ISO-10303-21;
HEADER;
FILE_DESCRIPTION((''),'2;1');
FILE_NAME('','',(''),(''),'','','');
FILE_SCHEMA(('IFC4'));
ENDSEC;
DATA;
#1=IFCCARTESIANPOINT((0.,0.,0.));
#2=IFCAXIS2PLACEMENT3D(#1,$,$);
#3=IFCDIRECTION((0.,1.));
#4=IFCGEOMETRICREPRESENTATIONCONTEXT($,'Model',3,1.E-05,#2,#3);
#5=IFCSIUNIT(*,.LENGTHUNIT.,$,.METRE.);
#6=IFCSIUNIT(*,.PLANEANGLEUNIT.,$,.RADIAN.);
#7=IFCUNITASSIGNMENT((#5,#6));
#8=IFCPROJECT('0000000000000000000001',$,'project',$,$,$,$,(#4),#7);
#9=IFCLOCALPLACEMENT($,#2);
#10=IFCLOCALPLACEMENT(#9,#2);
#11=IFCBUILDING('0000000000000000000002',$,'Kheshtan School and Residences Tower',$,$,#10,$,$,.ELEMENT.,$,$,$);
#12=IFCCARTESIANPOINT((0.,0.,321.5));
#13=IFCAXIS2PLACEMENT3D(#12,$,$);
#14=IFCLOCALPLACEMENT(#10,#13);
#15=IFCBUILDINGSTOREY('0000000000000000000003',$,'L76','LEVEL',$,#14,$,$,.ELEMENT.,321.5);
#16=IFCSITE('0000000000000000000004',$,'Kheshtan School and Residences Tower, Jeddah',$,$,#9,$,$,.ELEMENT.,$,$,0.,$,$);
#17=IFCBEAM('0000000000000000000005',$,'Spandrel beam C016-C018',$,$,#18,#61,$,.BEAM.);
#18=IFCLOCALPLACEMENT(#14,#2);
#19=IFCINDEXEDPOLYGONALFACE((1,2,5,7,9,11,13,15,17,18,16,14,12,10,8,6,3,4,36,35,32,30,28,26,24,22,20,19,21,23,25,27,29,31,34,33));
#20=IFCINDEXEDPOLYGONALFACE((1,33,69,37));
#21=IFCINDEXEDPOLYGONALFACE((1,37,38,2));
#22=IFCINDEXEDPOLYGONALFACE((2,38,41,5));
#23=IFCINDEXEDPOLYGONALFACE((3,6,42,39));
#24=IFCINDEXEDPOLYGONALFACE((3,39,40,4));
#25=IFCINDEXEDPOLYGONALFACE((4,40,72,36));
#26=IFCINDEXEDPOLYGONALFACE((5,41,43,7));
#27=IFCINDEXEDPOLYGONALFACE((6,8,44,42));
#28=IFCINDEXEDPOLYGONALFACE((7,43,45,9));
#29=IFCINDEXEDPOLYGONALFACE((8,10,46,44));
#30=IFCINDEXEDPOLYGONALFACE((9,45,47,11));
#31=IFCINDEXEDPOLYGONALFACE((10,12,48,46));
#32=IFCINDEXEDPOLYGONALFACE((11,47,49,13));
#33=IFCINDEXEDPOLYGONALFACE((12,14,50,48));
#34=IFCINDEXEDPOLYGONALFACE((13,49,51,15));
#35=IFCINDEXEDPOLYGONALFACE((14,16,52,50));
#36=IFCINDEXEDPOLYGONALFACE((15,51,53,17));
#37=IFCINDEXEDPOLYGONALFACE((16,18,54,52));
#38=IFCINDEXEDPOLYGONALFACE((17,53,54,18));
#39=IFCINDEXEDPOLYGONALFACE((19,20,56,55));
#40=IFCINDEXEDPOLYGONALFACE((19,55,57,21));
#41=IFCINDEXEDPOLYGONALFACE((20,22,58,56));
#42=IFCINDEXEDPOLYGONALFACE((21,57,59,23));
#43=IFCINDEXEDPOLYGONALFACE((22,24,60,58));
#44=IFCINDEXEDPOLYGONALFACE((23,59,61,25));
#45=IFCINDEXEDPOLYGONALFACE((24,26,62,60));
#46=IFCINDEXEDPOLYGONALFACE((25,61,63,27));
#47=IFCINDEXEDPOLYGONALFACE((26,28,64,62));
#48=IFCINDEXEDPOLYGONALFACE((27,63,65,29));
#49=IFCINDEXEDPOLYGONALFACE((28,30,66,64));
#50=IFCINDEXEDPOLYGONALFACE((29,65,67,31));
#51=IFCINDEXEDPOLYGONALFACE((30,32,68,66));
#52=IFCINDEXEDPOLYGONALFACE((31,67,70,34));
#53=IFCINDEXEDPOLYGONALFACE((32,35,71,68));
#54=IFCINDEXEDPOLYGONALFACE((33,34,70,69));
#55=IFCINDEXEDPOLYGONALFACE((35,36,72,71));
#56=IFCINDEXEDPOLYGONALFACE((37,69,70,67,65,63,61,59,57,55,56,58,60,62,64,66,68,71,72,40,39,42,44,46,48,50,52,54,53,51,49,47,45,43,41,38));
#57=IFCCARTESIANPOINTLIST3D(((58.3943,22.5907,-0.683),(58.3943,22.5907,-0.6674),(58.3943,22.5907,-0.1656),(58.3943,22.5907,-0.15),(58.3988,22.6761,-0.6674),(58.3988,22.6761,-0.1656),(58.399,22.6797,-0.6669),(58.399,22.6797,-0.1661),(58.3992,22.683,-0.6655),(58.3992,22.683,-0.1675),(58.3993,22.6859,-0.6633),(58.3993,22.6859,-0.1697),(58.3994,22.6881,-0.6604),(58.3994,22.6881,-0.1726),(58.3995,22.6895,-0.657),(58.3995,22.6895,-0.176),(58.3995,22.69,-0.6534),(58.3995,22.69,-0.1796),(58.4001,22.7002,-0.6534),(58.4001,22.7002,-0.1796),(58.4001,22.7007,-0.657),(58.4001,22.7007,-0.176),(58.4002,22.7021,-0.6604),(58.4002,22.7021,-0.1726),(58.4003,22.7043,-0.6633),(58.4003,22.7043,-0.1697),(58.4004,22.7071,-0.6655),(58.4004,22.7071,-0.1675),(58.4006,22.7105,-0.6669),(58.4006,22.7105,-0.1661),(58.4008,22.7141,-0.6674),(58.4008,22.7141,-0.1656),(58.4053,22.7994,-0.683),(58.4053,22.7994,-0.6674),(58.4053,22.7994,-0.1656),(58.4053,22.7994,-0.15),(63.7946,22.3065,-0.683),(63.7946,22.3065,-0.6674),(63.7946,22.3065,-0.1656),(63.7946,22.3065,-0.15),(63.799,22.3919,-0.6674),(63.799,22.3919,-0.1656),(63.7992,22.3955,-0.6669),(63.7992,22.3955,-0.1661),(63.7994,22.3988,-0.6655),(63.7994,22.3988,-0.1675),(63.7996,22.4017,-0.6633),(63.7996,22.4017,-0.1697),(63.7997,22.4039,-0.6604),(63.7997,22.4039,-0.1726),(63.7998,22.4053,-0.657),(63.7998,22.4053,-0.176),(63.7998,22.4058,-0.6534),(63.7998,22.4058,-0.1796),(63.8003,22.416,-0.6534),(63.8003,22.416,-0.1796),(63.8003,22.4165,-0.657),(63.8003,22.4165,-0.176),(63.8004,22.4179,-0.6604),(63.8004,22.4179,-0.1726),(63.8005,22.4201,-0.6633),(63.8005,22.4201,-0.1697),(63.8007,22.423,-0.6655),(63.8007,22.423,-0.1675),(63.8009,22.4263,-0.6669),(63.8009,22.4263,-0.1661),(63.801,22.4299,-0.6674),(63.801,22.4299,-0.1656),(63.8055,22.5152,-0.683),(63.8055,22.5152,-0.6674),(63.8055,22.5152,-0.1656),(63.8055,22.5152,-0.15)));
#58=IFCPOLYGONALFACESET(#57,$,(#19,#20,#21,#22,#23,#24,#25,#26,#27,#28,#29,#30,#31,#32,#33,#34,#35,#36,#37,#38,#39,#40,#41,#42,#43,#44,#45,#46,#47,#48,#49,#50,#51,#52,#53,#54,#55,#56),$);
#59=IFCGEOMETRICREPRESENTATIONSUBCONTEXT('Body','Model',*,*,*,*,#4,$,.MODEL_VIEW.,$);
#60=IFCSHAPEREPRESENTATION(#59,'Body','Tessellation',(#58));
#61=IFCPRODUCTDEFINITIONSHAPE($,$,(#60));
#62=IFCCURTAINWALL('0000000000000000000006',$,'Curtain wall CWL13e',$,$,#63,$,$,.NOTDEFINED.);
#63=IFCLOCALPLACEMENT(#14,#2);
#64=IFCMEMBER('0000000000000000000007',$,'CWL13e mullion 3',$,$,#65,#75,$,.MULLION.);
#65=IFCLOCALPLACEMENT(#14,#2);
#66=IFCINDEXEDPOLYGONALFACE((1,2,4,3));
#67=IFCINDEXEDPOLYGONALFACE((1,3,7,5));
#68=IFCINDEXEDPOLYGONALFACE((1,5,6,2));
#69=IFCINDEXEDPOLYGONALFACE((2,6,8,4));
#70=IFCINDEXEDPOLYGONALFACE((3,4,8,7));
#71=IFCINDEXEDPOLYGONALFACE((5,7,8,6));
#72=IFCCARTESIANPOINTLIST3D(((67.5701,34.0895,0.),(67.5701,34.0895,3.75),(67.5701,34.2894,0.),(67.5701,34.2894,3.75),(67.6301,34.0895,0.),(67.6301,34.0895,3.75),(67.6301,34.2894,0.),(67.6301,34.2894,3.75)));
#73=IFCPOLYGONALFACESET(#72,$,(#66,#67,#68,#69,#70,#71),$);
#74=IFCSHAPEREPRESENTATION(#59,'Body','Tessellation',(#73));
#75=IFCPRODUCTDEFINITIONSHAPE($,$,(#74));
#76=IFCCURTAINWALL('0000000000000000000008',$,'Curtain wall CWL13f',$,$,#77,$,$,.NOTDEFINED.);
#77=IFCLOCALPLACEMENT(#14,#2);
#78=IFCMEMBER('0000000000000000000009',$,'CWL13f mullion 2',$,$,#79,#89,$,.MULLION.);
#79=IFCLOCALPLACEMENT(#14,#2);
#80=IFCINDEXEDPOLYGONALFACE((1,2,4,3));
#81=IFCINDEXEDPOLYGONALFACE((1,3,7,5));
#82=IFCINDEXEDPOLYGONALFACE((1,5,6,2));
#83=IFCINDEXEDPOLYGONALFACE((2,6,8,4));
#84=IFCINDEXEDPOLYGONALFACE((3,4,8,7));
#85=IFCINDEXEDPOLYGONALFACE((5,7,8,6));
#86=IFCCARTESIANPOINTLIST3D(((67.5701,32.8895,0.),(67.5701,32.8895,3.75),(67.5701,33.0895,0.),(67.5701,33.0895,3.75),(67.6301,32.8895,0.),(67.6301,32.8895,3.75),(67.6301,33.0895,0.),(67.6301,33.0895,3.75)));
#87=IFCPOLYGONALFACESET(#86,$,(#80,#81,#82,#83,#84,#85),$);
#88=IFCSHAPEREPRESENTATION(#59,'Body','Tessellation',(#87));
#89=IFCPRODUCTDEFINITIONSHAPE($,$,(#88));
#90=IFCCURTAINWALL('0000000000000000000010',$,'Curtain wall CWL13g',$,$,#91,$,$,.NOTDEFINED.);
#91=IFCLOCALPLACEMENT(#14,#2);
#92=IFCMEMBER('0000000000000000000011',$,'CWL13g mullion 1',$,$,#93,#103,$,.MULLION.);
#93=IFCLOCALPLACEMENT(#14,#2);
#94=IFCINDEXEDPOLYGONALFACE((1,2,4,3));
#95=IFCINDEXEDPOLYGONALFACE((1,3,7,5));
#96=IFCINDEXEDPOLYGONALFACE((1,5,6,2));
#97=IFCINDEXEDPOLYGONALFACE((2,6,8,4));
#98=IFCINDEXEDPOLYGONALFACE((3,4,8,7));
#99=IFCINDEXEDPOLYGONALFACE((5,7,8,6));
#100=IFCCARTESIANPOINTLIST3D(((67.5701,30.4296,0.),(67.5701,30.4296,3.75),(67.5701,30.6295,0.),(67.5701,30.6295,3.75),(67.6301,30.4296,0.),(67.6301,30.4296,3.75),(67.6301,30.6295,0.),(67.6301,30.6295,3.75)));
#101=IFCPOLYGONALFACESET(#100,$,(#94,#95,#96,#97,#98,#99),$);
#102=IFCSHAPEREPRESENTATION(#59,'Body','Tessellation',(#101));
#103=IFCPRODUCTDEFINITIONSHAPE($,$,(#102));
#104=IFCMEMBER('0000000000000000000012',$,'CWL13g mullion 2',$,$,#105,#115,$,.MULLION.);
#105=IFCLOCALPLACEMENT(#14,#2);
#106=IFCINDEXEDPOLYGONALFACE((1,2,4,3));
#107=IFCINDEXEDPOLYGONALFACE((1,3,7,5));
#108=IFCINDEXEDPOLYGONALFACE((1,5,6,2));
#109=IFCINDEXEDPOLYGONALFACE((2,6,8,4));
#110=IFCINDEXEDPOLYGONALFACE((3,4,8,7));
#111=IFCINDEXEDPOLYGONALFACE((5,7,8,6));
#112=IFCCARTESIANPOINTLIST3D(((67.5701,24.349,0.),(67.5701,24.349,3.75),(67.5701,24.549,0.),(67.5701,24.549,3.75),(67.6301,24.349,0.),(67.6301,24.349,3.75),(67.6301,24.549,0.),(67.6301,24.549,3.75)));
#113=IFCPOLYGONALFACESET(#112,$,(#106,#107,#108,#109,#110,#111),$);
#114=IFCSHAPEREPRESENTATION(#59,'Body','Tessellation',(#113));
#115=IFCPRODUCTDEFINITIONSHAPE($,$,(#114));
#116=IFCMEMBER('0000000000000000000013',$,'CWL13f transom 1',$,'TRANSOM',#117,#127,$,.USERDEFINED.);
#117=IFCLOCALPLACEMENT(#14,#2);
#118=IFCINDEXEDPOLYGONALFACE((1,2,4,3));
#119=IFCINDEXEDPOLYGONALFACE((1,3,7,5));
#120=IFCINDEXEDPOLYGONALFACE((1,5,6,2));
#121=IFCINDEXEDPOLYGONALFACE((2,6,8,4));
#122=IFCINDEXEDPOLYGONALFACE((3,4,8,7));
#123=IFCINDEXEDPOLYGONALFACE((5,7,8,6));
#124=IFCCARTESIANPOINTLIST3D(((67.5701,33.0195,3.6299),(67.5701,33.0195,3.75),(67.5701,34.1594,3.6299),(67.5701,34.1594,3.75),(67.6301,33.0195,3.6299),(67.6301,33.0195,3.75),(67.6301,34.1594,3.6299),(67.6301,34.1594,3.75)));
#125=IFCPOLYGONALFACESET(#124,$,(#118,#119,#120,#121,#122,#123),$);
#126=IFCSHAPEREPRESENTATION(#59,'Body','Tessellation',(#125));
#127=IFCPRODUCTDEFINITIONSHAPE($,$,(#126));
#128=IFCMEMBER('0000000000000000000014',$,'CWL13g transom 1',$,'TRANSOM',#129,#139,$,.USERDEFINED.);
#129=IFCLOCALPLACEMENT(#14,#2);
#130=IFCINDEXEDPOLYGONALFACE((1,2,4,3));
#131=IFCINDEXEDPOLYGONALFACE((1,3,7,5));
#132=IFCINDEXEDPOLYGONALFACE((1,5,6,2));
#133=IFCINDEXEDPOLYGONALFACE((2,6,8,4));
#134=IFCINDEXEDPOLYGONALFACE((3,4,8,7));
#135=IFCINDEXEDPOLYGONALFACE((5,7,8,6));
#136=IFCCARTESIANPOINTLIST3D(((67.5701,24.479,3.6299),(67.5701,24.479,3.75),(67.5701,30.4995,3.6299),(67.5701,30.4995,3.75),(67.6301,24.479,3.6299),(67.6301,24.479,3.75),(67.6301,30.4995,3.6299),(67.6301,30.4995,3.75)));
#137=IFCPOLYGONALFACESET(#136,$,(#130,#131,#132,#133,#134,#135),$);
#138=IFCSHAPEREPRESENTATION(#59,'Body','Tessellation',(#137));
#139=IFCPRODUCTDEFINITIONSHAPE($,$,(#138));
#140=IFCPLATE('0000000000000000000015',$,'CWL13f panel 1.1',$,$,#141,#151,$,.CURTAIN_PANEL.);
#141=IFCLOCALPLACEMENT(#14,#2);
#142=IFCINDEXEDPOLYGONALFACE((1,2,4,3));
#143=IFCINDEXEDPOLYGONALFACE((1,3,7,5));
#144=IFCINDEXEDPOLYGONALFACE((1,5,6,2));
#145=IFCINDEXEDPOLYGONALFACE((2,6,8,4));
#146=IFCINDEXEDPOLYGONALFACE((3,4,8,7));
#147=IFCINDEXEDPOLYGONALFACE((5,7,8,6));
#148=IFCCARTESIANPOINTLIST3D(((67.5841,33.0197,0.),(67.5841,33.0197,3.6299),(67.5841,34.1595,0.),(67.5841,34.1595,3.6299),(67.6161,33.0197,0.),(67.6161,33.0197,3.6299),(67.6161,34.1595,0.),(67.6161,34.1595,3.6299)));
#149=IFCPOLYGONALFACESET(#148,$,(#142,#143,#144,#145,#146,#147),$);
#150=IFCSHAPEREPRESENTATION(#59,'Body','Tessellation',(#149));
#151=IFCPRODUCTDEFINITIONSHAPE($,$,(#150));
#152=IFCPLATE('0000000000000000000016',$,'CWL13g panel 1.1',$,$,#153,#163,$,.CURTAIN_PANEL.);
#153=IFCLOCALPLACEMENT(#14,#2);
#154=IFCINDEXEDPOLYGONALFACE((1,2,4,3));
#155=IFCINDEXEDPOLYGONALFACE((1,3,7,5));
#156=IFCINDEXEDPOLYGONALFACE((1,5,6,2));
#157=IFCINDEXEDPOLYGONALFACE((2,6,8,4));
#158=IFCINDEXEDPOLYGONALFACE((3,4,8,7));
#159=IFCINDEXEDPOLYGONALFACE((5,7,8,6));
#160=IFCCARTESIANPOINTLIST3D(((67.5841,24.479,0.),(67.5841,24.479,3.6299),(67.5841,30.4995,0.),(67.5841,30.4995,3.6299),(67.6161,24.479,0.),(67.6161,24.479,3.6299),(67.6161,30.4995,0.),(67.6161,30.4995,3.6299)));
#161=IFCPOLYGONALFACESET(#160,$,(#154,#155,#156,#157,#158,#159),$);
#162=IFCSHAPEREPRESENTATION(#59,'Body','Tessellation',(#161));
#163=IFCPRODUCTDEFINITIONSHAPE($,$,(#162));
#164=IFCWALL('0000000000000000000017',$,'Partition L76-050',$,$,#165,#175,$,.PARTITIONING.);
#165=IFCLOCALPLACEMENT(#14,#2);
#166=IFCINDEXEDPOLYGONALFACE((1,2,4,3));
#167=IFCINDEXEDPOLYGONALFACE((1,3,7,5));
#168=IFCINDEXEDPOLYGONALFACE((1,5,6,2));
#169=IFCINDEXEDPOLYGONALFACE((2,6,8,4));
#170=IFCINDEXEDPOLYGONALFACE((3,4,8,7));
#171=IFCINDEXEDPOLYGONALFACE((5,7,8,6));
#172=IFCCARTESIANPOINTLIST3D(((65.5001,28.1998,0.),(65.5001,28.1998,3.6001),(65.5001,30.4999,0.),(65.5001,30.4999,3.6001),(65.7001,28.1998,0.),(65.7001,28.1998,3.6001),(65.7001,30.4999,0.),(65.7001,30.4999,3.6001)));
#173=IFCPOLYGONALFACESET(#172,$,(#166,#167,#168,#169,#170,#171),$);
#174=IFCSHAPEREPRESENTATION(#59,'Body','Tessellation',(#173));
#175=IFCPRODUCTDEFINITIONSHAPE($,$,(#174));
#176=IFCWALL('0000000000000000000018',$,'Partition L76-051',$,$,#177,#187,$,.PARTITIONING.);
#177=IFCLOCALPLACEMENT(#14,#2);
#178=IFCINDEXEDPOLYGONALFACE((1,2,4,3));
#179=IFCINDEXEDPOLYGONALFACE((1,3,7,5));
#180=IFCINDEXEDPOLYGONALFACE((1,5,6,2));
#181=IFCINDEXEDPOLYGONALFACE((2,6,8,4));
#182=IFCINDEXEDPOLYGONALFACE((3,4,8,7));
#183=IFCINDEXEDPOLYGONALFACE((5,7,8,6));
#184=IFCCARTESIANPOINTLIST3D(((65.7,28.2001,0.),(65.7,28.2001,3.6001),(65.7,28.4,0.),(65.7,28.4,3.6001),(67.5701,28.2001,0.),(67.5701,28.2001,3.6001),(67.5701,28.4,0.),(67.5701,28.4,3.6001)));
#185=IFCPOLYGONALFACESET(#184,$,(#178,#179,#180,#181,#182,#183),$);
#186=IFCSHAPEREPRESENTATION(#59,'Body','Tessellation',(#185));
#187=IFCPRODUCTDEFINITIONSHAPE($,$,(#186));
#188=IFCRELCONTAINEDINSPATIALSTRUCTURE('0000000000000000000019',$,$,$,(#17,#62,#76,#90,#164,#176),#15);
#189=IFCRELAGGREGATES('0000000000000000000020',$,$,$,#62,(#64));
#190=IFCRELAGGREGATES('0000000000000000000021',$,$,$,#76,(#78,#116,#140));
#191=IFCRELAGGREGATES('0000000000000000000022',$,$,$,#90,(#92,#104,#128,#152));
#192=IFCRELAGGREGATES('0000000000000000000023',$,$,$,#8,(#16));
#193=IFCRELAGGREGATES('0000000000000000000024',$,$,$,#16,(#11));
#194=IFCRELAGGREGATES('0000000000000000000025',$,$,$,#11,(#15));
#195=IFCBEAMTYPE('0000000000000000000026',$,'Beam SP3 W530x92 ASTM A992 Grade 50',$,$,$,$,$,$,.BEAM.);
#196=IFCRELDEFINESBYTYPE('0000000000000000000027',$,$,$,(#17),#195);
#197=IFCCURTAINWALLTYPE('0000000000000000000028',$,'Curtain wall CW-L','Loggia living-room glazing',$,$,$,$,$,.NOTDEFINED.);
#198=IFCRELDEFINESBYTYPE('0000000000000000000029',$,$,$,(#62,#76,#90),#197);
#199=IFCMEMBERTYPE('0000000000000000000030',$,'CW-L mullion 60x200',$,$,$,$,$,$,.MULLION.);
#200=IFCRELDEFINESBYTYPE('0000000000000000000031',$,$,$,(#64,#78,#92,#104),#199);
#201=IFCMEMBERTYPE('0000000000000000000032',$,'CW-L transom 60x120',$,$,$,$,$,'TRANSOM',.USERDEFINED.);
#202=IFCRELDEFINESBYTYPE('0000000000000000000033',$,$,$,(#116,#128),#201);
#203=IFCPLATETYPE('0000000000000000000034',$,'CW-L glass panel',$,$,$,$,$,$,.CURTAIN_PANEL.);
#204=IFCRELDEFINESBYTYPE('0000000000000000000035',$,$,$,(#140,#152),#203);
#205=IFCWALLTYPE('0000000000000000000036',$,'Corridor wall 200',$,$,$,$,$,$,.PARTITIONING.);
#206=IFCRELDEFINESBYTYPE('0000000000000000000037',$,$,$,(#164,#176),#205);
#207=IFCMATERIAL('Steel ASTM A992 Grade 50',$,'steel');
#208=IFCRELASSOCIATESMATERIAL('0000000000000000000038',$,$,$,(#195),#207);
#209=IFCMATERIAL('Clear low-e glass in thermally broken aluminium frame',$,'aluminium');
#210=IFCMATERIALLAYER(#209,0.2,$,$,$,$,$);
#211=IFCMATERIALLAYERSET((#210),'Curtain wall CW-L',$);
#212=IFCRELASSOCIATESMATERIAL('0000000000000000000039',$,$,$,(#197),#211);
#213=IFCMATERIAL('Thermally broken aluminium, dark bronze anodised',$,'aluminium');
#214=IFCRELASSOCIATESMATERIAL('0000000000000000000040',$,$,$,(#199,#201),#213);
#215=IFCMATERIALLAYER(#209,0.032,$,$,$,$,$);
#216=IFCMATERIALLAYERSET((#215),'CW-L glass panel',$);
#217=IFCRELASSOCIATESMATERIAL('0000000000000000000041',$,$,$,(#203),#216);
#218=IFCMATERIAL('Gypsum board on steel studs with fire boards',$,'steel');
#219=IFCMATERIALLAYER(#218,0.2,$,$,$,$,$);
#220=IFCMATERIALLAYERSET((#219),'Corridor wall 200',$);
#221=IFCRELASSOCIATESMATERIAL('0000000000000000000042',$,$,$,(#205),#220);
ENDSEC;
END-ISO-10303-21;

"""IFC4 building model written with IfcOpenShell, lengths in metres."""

from ifc_helpers import new_model, si_unit, direction, frame, frame_2d, origin, origin_2d, place, context, subcontext, project, spatial, rectangle, i_section, extrude, material, layer, layer_set, material_profile, profile_set, type_object, element, aggregate, save


model = new_model("IFC4")

# Units and contexts
model_context = context("Model", 3, precision=1e-05, world=origin(), true_north=direction((0.0, 1.0)))
body_context = subcontext(model_context, "Body", "Model", "MODEL_VIEW")
ifc_project = project(units=[si_unit("LENGTHUNIT", "METRE"), si_unit("PLANEANGLEUNIT", "RADIAN")], contexts=[model_context])

# Site, building, storey
site_placement = place(None, origin())
site = spatial("IfcSite", under=ifc_project, at=site_placement, Name="Kheshtan School and Residences Tower, Jeddah", CompositionType="ELEMENT", RefElevation=0.0)
building_placement = place(site_placement, origin())
building = spatial("IfcBuilding", under=site, at=building_placement, Name="Kheshtan School and Residences Tower", CompositionType="ELEMENT")
storey_placement = place(building_placement, frame((0.0, 0.0, 321.5)))
storey = spatial("IfcBuildingStorey", under=building, at=storey_placement, Name="L76", Description="LEVEL", CompositionType="ELEMENT", Elevation=321.5)

# Beam
ifc_material_1 = material(Name="Steel ASTM A992 Grade 50", Category="steel")
ifc_material_profile_1 = material_profile(ifc_material_1, i_section(OverallWidth=0.209, OverallDepth=0.533, WebThickness=0.0103, FlangeThickness=0.0156, FilletRadius=0.0139, at=origin_2d()), Name="W530x92")
ifc_profile_set_1 = profile_set([ifc_material_profile_1], Name="Steel ASTM A992 Grade 50")
beam_type = type_object("IfcBeamType", Name="Beam SP3 W530x92 ASTM A992 Grade 50", PredefinedType="BEAM", material=ifc_profile_set_1)
beam_placement = place(storey_placement, frame((63.8, 22.4109, -0.4165), z_axis=(-0.998618, 0.052552, 0.0), x_axis=(-0.052552, -0.998618, 0.0)))
element("IfcBeam", 1, at=beam_placement, inside=storey, type_object=beam_type, Name="Spandrel beam C016-C018", PredefinedType="BEAM", context=body_context, shape_type="SweptSolid", body=[
    extrude(i_section(OverallWidth=0.209, OverallDepth=0.533, WebThickness=0.0103, FlangeThickness=0.0156, FilletRadius=0.0139, at=origin_2d()), origin(), (0.0, 0.0, 1.0), 5.4077),
])

# Curtain walls, members
ifc_material_2 = material(Name="Clear low-e glass in thermally broken aluminium frame", Category="aluminium")
ifc_layer_1 = layer(ifc_material_2, 0.2)
ifc_layer_set_1 = layer_set([ifc_layer_1], Name="Curtain wall CW-L")
curtain_wall_type = type_object("IfcCurtainWallType", Name="Curtain wall CW-L", Description="Loggia living-room glazing", PredefinedType="NOTDEFINED", material=ifc_layer_set_1)
curtain_wall_1_placement = place(storey_placement, origin())
curtain_wall_1 = element("IfcCurtainWall", 2, at=curtain_wall_1_placement, inside=storey, type_object=curtain_wall_type, Name="Curtain wall CWL13e", PredefinedType="NOTDEFINED")
ifc_material_3 = material(Name="Thermally broken aluminium, dark bronze anodised", Category="aluminium")
ifc_material_profile_2 = material_profile(ifc_material_3, rectangle(XDim=0.0601, YDim=0.2, at=origin_2d()), Name="CW-L mullion 60x200")
ifc_profile_set_2 = profile_set([ifc_material_profile_2], Name="Thermally broken aluminium, dark bronze anodised")
member_type_1 = type_object("IfcMemberType", Name="CW-L mullion 60x200", PredefinedType="MULLION", material=ifc_profile_set_2)
member_1_placement = place(storey_placement, frame((67.6001, 34.1895, 0.0), z_axis=(0.0, 0.0, 1.0), x_axis=(1.0, 0.0, 0.0)))
member_1 = element("IfcMember", 3, at=member_1_placement, type_object=member_type_1, Name="CWL13e mullion 3", PredefinedType="MULLION", context=body_context, shape_type="SweptSolid", body=[
    extrude(rectangle(XDim=0.0601, YDim=0.2, at=origin_2d()), origin(), (0.0, 0.0, 1.0), 3.75),
])
aggregate(curtain_wall_1, [member_1])
curtain_wall_2_placement = place(storey_placement, origin())
curtain_wall_2 = element("IfcCurtainWall", 4, at=curtain_wall_2_placement, inside=storey, type_object=curtain_wall_type, Name="Curtain wall CWL13f", PredefinedType="NOTDEFINED")
member_2_placement = place(storey_placement, frame((67.6001, 32.9895, 0.0), z_axis=(0.0, 0.0, 1.0), x_axis=(1.0, 0.0, 0.0)))
member_2 = element("IfcMember", 5, at=member_2_placement, type_object=member_type_1, Name="CWL13f mullion 2", PredefinedType="MULLION", context=body_context, shape_type="SweptSolid", body=[
    extrude(rectangle(XDim=0.0601, YDim=0.2, at=origin_2d()), origin(), (0.0, 0.0, 1.0), 3.75),
])

# Curtain wall, members
curtain_wall_3_placement = place(storey_placement, origin())
curtain_wall_3 = element("IfcCurtainWall", 6, at=curtain_wall_3_placement, inside=storey, type_object=curtain_wall_type, Name="Curtain wall CWL13g", PredefinedType="NOTDEFINED")
member_3_placement = place(storey_placement, frame((67.6001, 30.5295, 0.0), z_axis=(0.0, 0.0, 1.0), x_axis=(1.0, 0.0, 0.0)))
member_3 = element("IfcMember", 7, at=member_3_placement, type_object=member_type_1, Name="CWL13g mullion 1", PredefinedType="MULLION", context=body_context, shape_type="SweptSolid", body=[
    extrude(rectangle(XDim=0.0601, YDim=0.2, at=origin_2d()), origin(), (0.0, 0.0, 1.0), 3.75),
])
member_4_placement = place(storey_placement, frame((67.6001, 24.449, 0.0), z_axis=(0.0, 0.0, 1.0), x_axis=(1.0, 0.0, 0.0)))
member_4 = element("IfcMember", 8, at=member_4_placement, type_object=member_type_1, Name="CWL13g mullion 2", PredefinedType="MULLION", context=body_context, shape_type="SweptSolid", body=[
    extrude(rectangle(XDim=0.0601, YDim=0.2, at=origin_2d()), origin(), (0.0, 0.0, 1.0), 3.75),
])

# Members
ifc_material_profile_3 = material_profile(ifc_material_3, rectangle(XDim=0.0601, YDim=0.1201, at=origin_2d()), Name="CW-L transom 60x120")
ifc_profile_set_3 = profile_set([ifc_material_profile_3], Name="Thermally broken aluminium, dark bronze anodised")
member_type_2 = type_object("IfcMemberType", Name="CW-L transom 60x120", ElementType="TRANSOM", PredefinedType="USERDEFINED", material=ifc_profile_set_3)
member_5_placement = place(storey_placement, frame((67.6001, 34.1594, 3.6899), z_axis=(0.0, -1.0, 0.0), x_axis=(1.0, 0.0, 0.0)))
member_5 = element("IfcMember", 9, at=member_5_placement, type_object=member_type_2, Name="CWL13f transom 1", ObjectType="TRANSOM", PredefinedType="USERDEFINED", context=body_context, shape_type="SweptSolid", body=[
    extrude(rectangle(XDim=0.0601, YDim=0.1201, at=origin_2d()), origin(), (0.0, 0.0, 1.0), 1.1399),
])
member_6_placement = place(storey_placement, frame((67.6001, 30.4995, 3.6899), z_axis=(0.0, -1.0, 0.0), x_axis=(1.0, 0.0, 0.0)))
member_6 = element("IfcMember", 10, at=member_6_placement, type_object=member_type_2, Name="CWL13g transom 1", ObjectType="TRANSOM", PredefinedType="USERDEFINED", context=body_context, shape_type="SweptSolid", body=[
    extrude(rectangle(XDim=0.0601, YDim=0.1201, at=origin_2d()), origin(), (0.0, 0.0, 1.0), 6.0205),
])

# Plates
ifc_layer_2 = layer(ifc_material_2, 0.032)
ifc_layer_set_2 = layer_set([ifc_layer_2], Name="CW-L glass panel")
plate_type = type_object("IfcPlateType", Name="CW-L glass panel", PredefinedType="CURTAIN_PANEL", material=ifc_layer_set_2)
plate_1_placement = place(storey_placement, frame((67.6001, 33.5896, 0.0), z_axis=(0.0, 0.0, 1.0), x_axis=(0.0, -1.0, 0.0)))
plate_1 = element("IfcPlate", 11, at=plate_1_placement, type_object=plate_type, Name="CWL13f panel 1.1", PredefinedType="CURTAIN_PANEL", context=body_context, shape_type="SweptSolid", body=[
    extrude(rectangle(XDim=1.1399, YDim=0.032, at=origin_2d()), origin(), (0.0, 0.0, 1.0), 3.6299),
])
aggregate(curtain_wall_2, [member_2, member_5, plate_1])
plate_2_placement = place(storey_placement, frame((67.6001, 27.4893, 0.0), z_axis=(0.0, 0.0, 1.0), x_axis=(0.0, -1.0, 0.0)))
plate_2 = element("IfcPlate", 12, at=plate_2_placement, type_object=plate_type, Name="CWL13g panel 1.1", PredefinedType="CURTAIN_PANEL", context=body_context, shape_type="SweptSolid", body=[
    extrude(rectangle(XDim=6.0205, YDim=0.032, at=origin_2d()), origin(), (0.0, 0.0, 1.0), 3.6299),
])
aggregate(curtain_wall_3, [member_3, member_4, member_6, plate_2])

# Walls
ifc_material_4 = material(Name="Gypsum board on steel studs with fire boards", Category="steel")
ifc_layer_3 = layer(ifc_material_4, 0.2)
ifc_layer_set_3 = layer_set([ifc_layer_3], Name="Corridor wall 200")
wall_type_1 = type_object("IfcWallType", Name="Corridor wall 200", PredefinedType="PARTITIONING", material=ifc_layer_set_3)
wall_1_placement = place(storey_placement, frame((65.6001, 28.2, 0.0), z_axis=(0.0, 0.0, 1.0), x_axis=(0.0, 1.0, 0.0)))
element("IfcWall", 13, at=wall_1_placement, inside=storey, type_object=wall_type_1, Name="Partition L76-050", PredefinedType="PARTITIONING", context=body_context, shape_type="SweptSolid", body=[
    extrude(rectangle(XDim=2.3, YDim=0.2, at=frame_2d((1.1499, 0.0))), origin(), (0.0, 0.0, 1.0), 3.6001),
])
wall_2_placement = place(storey_placement, frame((65.7, 28.3, 0.0), z_axis=(0.0, 0.0, 1.0), x_axis=(1.0, 0.0, 0.0)))
element("IfcWall", 14, at=wall_2_placement, inside=storey, type_object=wall_type_1, Name="Partition L76-051", PredefinedType="PARTITIONING", context=body_context, shape_type="SweptSolid", body=[
    extrude(rectangle(XDim=1.8701, YDim=0.2, at=frame_2d((0.9351, 0.0))), origin(), (0.0, 0.0, 1.0), 3.6001),
])

save(model, "model.ifc")
